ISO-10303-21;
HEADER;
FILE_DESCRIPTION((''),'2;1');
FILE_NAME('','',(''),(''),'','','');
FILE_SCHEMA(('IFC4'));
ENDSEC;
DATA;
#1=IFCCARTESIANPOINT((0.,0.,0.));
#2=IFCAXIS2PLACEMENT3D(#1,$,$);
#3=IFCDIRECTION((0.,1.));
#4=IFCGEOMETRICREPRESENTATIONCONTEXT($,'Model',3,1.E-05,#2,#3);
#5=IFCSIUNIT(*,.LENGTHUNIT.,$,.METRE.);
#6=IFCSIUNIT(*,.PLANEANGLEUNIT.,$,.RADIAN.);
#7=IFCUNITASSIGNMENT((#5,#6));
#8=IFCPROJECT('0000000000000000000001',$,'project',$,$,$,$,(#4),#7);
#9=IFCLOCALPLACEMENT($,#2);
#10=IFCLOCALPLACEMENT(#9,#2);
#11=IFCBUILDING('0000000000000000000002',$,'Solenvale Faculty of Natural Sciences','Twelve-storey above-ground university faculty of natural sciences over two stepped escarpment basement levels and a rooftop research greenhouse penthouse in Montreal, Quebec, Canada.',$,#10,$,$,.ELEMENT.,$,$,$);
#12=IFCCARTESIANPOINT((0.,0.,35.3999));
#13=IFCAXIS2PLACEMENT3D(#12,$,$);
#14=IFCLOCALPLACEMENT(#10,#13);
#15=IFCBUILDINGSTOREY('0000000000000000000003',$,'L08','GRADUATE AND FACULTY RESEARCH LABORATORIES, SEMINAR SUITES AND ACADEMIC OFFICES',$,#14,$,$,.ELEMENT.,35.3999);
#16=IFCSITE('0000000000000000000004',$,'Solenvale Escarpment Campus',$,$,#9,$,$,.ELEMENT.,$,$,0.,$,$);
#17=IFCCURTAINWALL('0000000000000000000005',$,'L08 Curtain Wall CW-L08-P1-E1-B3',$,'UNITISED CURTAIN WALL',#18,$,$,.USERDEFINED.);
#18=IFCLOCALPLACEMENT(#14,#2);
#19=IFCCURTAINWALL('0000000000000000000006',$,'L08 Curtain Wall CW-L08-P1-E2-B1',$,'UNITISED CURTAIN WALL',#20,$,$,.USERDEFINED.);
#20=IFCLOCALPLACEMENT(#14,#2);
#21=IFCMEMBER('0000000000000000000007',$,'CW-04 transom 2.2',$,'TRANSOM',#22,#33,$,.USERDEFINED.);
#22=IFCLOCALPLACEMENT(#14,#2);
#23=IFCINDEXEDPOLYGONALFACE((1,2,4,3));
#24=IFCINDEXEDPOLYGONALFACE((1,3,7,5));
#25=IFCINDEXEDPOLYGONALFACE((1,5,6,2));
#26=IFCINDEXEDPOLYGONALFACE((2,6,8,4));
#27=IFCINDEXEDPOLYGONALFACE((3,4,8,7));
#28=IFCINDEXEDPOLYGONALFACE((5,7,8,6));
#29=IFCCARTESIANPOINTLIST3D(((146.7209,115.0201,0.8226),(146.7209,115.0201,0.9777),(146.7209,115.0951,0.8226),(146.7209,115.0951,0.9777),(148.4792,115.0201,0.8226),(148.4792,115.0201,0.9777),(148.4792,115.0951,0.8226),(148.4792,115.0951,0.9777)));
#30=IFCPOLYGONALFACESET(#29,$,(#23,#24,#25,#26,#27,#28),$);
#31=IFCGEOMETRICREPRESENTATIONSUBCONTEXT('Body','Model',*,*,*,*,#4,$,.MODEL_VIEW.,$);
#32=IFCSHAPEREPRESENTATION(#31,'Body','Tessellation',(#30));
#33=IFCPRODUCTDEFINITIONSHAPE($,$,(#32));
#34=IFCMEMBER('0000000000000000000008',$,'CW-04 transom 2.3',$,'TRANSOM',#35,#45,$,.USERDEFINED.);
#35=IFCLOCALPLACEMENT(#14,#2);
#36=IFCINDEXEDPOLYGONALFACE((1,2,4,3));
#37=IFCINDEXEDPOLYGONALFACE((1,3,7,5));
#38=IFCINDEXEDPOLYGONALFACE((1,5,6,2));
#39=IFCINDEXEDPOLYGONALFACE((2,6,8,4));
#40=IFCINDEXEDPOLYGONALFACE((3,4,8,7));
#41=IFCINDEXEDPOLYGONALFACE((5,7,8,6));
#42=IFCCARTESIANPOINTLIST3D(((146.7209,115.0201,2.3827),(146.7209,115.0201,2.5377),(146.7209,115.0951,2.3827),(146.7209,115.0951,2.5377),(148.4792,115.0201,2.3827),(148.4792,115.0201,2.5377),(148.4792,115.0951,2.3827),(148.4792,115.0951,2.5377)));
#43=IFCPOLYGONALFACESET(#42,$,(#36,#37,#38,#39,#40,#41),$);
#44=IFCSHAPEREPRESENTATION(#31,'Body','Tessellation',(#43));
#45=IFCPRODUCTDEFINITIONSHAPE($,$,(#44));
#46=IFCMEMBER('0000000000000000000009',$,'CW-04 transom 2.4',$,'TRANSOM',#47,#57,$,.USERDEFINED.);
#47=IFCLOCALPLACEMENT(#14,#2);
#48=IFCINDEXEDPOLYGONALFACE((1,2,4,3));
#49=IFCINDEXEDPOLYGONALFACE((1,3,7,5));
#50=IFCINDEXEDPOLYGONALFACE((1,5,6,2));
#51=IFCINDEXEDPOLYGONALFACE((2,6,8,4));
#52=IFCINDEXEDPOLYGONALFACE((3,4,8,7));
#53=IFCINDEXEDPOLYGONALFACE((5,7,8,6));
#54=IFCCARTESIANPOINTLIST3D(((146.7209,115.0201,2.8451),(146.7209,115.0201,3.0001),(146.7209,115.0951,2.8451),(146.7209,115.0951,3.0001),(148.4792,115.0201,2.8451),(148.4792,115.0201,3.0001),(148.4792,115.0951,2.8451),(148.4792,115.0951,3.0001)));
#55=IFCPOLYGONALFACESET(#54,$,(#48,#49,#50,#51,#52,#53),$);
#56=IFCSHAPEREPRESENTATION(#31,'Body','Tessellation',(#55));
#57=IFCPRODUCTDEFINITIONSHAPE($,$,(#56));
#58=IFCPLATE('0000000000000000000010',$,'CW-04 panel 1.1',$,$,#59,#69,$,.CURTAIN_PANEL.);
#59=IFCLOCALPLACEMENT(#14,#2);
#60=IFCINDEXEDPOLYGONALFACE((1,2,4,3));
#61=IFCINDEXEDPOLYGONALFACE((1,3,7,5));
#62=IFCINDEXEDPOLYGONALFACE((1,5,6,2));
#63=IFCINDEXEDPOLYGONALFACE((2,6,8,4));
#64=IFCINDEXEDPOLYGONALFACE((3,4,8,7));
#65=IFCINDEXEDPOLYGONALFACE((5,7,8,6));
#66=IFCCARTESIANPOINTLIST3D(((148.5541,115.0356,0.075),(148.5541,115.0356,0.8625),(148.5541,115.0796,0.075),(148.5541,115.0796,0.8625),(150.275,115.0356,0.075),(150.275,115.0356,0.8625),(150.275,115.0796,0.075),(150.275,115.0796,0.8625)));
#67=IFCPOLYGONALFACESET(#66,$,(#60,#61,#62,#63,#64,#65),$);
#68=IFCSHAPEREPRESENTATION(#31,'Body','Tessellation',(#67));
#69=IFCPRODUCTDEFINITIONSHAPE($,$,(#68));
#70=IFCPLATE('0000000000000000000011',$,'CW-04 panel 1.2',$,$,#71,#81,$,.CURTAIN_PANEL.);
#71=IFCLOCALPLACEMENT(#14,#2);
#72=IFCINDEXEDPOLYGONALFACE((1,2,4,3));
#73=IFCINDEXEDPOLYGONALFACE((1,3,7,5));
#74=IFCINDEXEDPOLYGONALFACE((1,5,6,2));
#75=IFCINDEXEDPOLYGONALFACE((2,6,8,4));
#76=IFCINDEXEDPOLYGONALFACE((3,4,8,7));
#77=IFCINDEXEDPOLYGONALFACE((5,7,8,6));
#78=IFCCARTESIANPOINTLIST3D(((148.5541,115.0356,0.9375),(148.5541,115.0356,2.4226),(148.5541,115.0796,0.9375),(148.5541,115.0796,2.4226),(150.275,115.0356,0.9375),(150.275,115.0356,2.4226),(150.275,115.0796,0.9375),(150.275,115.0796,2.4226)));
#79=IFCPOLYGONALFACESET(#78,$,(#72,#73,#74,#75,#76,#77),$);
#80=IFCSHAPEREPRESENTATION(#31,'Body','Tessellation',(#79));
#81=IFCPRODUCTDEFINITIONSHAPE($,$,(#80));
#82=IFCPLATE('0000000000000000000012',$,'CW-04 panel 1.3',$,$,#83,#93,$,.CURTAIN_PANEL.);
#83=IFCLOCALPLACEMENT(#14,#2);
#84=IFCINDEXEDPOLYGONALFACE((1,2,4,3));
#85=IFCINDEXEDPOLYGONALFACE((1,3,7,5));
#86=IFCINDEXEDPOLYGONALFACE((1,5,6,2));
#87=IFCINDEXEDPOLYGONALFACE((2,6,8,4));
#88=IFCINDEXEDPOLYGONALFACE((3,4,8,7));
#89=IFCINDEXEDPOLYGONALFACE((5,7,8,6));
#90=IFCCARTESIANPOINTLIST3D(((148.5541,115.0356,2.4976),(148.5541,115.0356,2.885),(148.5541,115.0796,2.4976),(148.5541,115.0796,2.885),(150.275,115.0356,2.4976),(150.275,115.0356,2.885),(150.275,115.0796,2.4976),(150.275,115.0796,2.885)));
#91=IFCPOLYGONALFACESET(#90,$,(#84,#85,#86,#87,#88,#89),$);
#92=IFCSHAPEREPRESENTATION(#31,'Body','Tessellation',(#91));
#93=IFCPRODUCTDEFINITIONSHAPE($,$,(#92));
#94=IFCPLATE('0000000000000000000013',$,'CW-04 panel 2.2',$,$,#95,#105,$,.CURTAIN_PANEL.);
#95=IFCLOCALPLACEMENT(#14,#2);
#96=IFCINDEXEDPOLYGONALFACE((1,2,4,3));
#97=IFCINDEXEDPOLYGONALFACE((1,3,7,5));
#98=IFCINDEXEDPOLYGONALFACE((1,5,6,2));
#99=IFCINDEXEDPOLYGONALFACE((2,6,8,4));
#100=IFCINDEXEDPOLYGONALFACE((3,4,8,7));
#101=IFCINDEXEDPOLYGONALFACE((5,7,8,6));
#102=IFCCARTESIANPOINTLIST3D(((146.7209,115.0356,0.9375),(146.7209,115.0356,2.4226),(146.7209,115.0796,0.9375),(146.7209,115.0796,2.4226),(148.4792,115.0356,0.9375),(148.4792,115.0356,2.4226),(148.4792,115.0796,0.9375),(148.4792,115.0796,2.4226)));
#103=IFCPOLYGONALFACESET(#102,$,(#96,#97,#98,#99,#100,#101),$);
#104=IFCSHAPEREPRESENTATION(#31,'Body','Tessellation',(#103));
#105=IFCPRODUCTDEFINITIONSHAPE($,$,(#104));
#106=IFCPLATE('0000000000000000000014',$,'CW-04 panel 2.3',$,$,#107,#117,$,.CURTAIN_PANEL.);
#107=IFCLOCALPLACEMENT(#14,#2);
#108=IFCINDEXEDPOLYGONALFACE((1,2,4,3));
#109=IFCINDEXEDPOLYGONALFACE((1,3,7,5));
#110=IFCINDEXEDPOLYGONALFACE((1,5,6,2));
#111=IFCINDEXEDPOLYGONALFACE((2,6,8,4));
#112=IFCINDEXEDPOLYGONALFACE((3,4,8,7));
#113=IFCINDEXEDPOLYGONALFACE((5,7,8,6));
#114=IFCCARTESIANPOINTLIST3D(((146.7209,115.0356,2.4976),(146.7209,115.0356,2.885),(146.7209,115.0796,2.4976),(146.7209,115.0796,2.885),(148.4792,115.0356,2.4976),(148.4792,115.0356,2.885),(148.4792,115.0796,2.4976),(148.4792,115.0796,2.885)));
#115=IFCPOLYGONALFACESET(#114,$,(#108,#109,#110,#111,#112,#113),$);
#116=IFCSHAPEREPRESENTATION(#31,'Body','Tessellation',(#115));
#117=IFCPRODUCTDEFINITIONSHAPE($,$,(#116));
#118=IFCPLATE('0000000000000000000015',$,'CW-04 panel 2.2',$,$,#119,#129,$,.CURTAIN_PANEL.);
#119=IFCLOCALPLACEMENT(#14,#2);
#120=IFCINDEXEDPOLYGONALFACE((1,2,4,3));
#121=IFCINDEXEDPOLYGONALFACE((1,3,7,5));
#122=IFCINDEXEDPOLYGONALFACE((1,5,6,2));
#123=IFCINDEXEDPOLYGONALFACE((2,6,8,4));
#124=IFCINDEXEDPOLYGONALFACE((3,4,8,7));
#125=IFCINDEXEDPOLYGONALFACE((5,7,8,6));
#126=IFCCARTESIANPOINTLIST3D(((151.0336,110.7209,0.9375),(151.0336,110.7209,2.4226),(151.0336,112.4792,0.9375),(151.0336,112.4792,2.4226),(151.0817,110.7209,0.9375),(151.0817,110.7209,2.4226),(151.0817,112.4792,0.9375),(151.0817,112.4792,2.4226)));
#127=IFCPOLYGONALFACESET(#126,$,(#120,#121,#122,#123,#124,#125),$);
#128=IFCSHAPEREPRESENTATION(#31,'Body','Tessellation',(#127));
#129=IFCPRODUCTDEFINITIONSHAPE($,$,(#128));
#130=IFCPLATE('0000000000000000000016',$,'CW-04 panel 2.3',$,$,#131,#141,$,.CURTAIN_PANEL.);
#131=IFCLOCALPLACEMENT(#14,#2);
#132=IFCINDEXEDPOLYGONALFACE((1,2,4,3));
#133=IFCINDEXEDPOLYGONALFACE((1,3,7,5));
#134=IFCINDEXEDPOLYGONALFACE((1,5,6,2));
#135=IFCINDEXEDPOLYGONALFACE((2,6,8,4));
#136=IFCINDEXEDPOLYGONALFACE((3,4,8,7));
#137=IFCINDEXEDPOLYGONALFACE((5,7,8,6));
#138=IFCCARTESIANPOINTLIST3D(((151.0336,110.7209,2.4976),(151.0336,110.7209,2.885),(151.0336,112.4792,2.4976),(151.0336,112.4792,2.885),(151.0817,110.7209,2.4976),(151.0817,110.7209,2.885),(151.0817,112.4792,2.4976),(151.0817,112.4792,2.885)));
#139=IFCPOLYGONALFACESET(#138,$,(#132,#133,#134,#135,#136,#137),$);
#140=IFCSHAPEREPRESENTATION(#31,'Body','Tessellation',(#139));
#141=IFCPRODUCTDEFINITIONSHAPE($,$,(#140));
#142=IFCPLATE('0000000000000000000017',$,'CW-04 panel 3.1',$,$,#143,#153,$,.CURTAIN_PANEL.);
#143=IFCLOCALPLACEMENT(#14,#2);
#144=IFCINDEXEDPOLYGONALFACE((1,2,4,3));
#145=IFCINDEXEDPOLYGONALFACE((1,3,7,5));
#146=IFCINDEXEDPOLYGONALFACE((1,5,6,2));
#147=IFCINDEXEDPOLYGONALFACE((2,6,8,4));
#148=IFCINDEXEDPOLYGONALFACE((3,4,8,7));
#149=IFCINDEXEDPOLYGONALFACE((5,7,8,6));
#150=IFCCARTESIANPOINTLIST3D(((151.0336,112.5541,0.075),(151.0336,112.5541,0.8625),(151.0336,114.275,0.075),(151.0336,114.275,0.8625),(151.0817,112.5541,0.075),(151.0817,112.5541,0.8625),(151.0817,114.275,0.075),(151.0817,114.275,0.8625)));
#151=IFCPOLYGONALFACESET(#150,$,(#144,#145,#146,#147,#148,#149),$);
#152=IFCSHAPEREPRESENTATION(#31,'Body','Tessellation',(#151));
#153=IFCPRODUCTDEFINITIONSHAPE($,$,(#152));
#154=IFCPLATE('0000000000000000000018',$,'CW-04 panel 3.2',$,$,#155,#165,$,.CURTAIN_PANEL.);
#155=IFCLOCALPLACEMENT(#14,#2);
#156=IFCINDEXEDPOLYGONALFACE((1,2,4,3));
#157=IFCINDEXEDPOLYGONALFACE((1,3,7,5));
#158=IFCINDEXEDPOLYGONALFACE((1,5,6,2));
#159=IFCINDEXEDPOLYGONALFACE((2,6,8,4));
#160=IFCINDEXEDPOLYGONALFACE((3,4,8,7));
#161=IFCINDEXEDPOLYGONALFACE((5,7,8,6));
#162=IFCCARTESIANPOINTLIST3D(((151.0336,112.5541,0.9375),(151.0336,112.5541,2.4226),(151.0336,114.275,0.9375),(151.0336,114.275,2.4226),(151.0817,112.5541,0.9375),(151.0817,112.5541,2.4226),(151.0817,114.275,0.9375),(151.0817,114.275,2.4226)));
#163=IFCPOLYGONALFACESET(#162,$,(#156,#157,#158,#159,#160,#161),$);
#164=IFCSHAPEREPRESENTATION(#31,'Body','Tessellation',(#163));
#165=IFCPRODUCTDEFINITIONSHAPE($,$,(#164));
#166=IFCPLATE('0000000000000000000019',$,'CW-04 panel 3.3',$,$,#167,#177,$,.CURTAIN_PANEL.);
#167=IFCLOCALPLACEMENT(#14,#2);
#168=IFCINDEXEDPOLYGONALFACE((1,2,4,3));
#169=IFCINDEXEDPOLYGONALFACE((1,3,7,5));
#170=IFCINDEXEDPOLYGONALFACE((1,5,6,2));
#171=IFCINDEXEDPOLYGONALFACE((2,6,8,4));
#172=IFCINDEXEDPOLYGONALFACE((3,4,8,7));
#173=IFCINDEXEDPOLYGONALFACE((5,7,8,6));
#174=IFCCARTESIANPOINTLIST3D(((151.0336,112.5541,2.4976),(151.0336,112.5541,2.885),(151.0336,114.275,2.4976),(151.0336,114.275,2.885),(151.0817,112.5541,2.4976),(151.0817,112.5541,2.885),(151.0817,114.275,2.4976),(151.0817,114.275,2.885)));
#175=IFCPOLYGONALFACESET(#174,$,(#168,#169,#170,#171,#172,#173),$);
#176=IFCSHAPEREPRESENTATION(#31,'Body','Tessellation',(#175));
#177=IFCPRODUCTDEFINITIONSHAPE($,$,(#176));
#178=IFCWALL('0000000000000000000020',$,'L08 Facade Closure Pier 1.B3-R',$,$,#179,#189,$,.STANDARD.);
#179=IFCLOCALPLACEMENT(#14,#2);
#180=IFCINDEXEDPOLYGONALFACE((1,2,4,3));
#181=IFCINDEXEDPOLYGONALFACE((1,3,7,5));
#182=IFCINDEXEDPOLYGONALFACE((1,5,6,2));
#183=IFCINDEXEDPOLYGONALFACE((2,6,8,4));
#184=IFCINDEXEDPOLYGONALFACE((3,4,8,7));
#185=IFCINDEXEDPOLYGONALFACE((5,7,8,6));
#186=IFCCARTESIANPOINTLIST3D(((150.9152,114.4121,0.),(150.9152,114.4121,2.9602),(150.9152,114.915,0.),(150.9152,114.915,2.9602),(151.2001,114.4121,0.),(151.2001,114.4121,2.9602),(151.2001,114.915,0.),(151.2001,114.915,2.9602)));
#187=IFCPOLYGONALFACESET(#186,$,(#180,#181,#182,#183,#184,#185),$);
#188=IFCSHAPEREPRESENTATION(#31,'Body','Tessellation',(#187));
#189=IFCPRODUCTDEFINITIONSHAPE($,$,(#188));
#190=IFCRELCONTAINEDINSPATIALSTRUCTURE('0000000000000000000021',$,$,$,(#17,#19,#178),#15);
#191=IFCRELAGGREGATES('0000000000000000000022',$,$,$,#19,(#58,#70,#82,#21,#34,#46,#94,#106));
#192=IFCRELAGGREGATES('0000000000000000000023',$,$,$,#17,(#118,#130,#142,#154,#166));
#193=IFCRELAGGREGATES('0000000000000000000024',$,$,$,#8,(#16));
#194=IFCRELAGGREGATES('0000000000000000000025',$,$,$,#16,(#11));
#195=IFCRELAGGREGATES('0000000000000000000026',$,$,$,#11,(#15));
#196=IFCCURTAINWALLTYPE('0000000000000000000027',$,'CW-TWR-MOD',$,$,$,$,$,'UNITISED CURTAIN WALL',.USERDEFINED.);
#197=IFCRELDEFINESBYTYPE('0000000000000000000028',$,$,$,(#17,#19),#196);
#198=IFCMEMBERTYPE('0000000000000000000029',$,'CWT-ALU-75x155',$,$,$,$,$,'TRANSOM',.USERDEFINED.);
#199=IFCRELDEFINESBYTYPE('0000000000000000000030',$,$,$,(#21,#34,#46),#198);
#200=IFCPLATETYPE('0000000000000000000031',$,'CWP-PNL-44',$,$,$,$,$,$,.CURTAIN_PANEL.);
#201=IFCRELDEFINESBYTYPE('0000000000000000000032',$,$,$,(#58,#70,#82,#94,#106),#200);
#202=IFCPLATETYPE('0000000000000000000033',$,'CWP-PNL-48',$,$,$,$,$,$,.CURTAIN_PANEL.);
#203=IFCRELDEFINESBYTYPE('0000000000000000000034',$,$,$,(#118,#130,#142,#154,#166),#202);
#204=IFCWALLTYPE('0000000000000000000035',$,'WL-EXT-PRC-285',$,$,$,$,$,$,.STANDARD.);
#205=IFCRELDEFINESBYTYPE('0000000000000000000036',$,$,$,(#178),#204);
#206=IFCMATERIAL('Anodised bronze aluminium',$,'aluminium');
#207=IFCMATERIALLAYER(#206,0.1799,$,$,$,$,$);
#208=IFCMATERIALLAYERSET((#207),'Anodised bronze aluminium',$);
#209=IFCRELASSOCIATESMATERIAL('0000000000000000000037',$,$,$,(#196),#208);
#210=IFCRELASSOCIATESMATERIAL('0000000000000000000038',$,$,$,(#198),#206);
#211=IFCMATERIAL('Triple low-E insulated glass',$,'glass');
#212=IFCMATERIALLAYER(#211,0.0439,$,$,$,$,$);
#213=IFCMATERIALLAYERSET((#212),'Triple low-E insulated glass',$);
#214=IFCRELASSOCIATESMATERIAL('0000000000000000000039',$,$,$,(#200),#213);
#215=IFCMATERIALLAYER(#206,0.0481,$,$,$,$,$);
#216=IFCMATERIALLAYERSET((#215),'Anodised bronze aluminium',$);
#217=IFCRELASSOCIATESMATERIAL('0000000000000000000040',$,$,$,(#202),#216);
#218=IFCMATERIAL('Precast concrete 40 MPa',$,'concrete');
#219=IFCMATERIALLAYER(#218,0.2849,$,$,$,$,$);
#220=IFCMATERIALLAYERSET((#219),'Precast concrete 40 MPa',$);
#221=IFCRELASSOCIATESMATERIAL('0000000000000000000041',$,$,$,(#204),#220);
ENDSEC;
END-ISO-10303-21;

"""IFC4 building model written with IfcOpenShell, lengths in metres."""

from ifc_helpers import new_model, si_unit, direction, frame, frame_2d, origin, origin_2d, place, context, subcontext, project, spatial, rectangle, extrude, material, layer, layer_set, material_profile, profile_set, type_object, element, aggregate, save


model = new_model("IFC4")

# Units and contexts
model_context = context("Model", 3, precision=1e-05, world=origin(), true_north=direction((0.0, 1.0)))
body_context = subcontext(model_context, "Body", "Model", "MODEL_VIEW")
ifc_project = project(units=[si_unit("LENGTHUNIT", "METRE"), si_unit("PLANEANGLEUNIT", "RADIAN")], contexts=[model_context])

# Site, building, storey
site_placement = place(None, origin())
site = spatial("IfcSite", under=ifc_project, at=site_placement, Name="Solenvale Escarpment Campus", CompositionType="ELEMENT", RefElevation=0.0)
building_placement = place(site_placement, origin())
building = spatial("IfcBuilding", under=site, at=building_placement, Name="Solenvale Faculty of Natural Sciences", Description="Twelve-storey above-ground university faculty of natural sciences over two stepped escarpment basement levels and a rooftop research greenhouse penthouse in Montreal, Quebec, Canada.", CompositionType="ELEMENT")
storey_placement = place(building_placement, frame((0.0, 0.0, 35.3999)))
storey = spatial("IfcBuildingStorey", under=building, at=storey_placement, Name="L08", Description="GRADUATE AND FACULTY RESEARCH LABORATORIES, SEMINAR SUITES AND ACADEMIC OFFICES", CompositionType="ELEMENT", Elevation=35.3999)

# Curtain walls
ifc_material_1 = material(Name="Anodised bronze aluminium", Category="aluminium")
ifc_layer_1 = layer(ifc_material_1, 0.1799)
ifc_layer_set_1 = layer_set([ifc_layer_1], Name="Anodised bronze aluminium")
curtain_wall_type = type_object("IfcCurtainWallType", Name="CW-TWR-MOD", ElementType="UNITISED CURTAIN WALL", PredefinedType="USERDEFINED", material=ifc_layer_set_1)
curtain_wall_1_placement = place(storey_placement, origin())
curtain_wall_1 = element("IfcCurtainWall", 1, at=curtain_wall_1_placement, inside=storey, type_object=curtain_wall_type, Name="L08 Curtain Wall CW-L08-P1-E1-B3", ObjectType="UNITISED CURTAIN WALL", PredefinedType="USERDEFINED")
curtain_wall_2_placement = place(storey_placement, origin())
curtain_wall_2 = element("IfcCurtainWall", 2, at=curtain_wall_2_placement, inside=storey, type_object=curtain_wall_type, Name="L08 Curtain Wall CW-L08-P1-E2-B1", ObjectType="UNITISED CURTAIN WALL", PredefinedType="USERDEFINED")

# Members
ifc_material_profile_1 = material_profile(ifc_material_1, rectangle(XDim=0.075, YDim=0.155, at=origin_2d()), Name="ALU-TRN-75x155")
ifc_profile_set_1 = profile_set([ifc_material_profile_1], Name="Anodised bronze aluminium")
member_type_1 = type_object("IfcMemberType", Name="CWT-ALU-75x155", ElementType="TRANSOM", PredefinedType="USERDEFINED", material=ifc_profile_set_1)
member_1_placement = place(storey_placement, frame((148.4792, 115.0576, 0.9001), z_axis=(-1.0, 0.0, 0.0), x_axis=(0.0, -1.0, 0.0)))
member_1 = element("IfcMember", 3, at=member_1_placement, type_object=member_type_1, Name="CW-04 transom 2.2", ObjectType="TRANSOM", PredefinedType="USERDEFINED", context=body_context, shape_type="SweptSolid", body=[
    extrude(rectangle(XDim=0.075, YDim=0.155, at=origin_2d()), origin(), (0.0, 0.0, 1.0), 1.7583),
])
member_2_placement = place(storey_placement, frame((148.4792, 115.0576, 2.4602), z_axis=(-1.0, 0.0, 0.0), x_axis=(0.0, -1.0, 0.0)))
member_2 = element("IfcMember", 4, at=member_2_placement, type_object=member_type_1, Name="CW-04 transom 2.3", ObjectType="TRANSOM", PredefinedType="USERDEFINED", context=body_context, shape_type="SweptSolid", body=[
    extrude(rectangle(XDim=0.075, YDim=0.155, at=origin_2d()), origin(), (0.0, 0.0, 1.0), 1.7583),
])
member_3_placement = place(storey_placement, frame((148.4792, 115.0576, 2.9226), z_axis=(-1.0, 0.0, 0.0), x_axis=(0.0, -1.0, 0.0)))
member_3 = element("IfcMember", 5, at=member_3_placement, type_object=member_type_1, Name="CW-04 transom 2.4", ObjectType="TRANSOM", PredefinedType="USERDEFINED", context=body_context, shape_type="SweptSolid", body=[
    extrude(rectangle(XDim=0.075, YDim=0.155, at=origin_2d()), origin(), (0.0, 0.0, 1.0), 1.7583),
])

# Plates
ifc_material_2 = material(Name="Triple low-E insulated glass", Category="glass")
ifc_layer_2 = layer(ifc_material_2, 0.0439)
ifc_layer_set_2 = layer_set([ifc_layer_2], Name="Triple low-E insulated glass")
plate_type_1 = type_object("IfcPlateType", Name="CWP-PNL-44", PredefinedType="CURTAIN_PANEL", material=ifc_layer_set_2)
plate_1_placement = place(storey_placement, frame((149.4146, 115.0576, 0.075), z_axis=(0.0, 0.0, 1.0), x_axis=(-1.0, 0.0, 0.0)))
plate_1 = element("IfcPlate", 6, at=plate_1_placement, type_object=plate_type_1, Name="CW-04 panel 1.1", PredefinedType="CURTAIN_PANEL", context=body_context, shape_type="SweptSolid", body=[
    extrude(rectangle(XDim=1.7209, YDim=0.0439, at=origin_2d()), origin(), (0.0, 0.0, 1.0), 0.7876),
])
plate_2_placement = place(storey_placement, frame((149.4146, 115.0576, 0.9375), z_axis=(0.0, 0.0, 1.0), x_axis=(-1.0, 0.0, 0.0)))
plate_2 = element("IfcPlate", 7, at=plate_2_placement, type_object=plate_type_1, Name="CW-04 panel 1.2", PredefinedType="CURTAIN_PANEL", context=body_context, shape_type="SweptSolid", body=[
    extrude(rectangle(XDim=1.7209, YDim=0.0439, at=origin_2d()), origin(), (0.0, 0.0, 1.0), 1.4851),
])
plate_3_placement = place(storey_placement, frame((149.4146, 115.0576, 2.4976), z_axis=(0.0, 0.0, 1.0), x_axis=(-1.0, 0.0, 0.0)))
plate_3 = element("IfcPlate", 8, at=plate_3_placement, type_object=plate_type_1, Name="CW-04 panel 1.3", PredefinedType="CURTAIN_PANEL", context=body_context, shape_type="SweptSolid", body=[
    extrude(rectangle(XDim=1.7209, YDim=0.0439, at=origin_2d()), origin(), (0.0, 0.0, 1.0), 0.3875),
])
plate_4_placement = place(storey_placement, frame((147.6001, 115.0576, 0.9375), z_axis=(0.0, 0.0, 1.0), x_axis=(-1.0, 0.0, 0.0)))
plate_4 = element("IfcPlate", 9, at=plate_4_placement, type_object=plate_type_1, Name="CW-04 panel 2.2", PredefinedType="CURTAIN_PANEL", context=body_context, shape_type="SweptSolid", body=[
    extrude(rectangle(XDim=1.7583, YDim=0.0439, at=origin_2d()), origin(), (0.0, 0.0, 1.0), 1.4851),
])
plate_5_placement = place(storey_placement, frame((147.6001, 115.0576, 2.4976), z_axis=(0.0, 0.0, 1.0), x_axis=(-1.0, 0.0, 0.0)))
plate_5 = element("IfcPlate", 10, at=plate_5_placement, type_object=plate_type_1, Name="CW-04 panel 2.3", PredefinedType="CURTAIN_PANEL", context=body_context, shape_type="SweptSolid", body=[
    extrude(rectangle(XDim=1.7583, YDim=0.0439, at=origin_2d()), origin(), (0.0, 0.0, 1.0), 0.3875),
])
aggregate(curtain_wall_2, [plate_1, plate_2, plate_3, member_1, member_2, member_3, plate_4, plate_5])
ifc_layer_3 = layer(ifc_material_1, 0.0481)
ifc_layer_set_3 = layer_set([ifc_layer_3], Name="Anodised bronze aluminium")
plate_type_2 = type_object("IfcPlateType", Name="CWP-PNL-48", PredefinedType="CURTAIN_PANEL", material=ifc_layer_set_3)
plate_6_placement = place(storey_placement, frame((151.0576, 111.6001, 0.9375), z_axis=(0.0, 0.0, 1.0), x_axis=(0.0, 1.0, 0.0)))
plate_6 = element("IfcPlate", 11, at=plate_6_placement, type_object=plate_type_2, Name="CW-04 panel 2.2", PredefinedType="CURTAIN_PANEL", context=body_context, shape_type="SweptSolid", body=[
    extrude(rectangle(XDim=1.7583, YDim=0.0481, at=origin_2d()), origin(), (0.0, 0.0, 1.0), 1.4851),
])
plate_7_placement = place(storey_placement, frame((151.0576, 111.6001, 2.4976), z_axis=(0.0, 0.0, 1.0), x_axis=(0.0, 1.0, 0.0)))
plate_7 = element("IfcPlate", 12, at=plate_7_placement, type_object=plate_type_2, Name="CW-04 panel 2.3", PredefinedType="CURTAIN_PANEL", context=body_context, shape_type="SweptSolid", body=[
    extrude(rectangle(XDim=1.7583, YDim=0.0481, at=origin_2d()), origin(), (0.0, 0.0, 1.0), 0.3875),
])
plate_8_placement = place(storey_placement, frame((151.0576, 113.4146, 0.075), z_axis=(0.0, 0.0, 1.0), x_axis=(0.0, 1.0, 0.0)))
plate_8 = element("IfcPlate", 13, at=plate_8_placement, type_object=plate_type_2, Name="CW-04 panel 3.1", PredefinedType="CURTAIN_PANEL", context=body_context, shape_type="SweptSolid", body=[
    extrude(rectangle(XDim=1.7209, YDim=0.0481, at=origin_2d()), origin(), (0.0, 0.0, 1.0), 0.7876),
])
plate_9_placement = place(storey_placement, frame((151.0576, 113.4146, 0.9375), z_axis=(0.0, 0.0, 1.0), x_axis=(0.0, 1.0, 0.0)))
plate_9 = element("IfcPlate", 14, at=plate_9_placement, type_object=plate_type_2, Name="CW-04 panel 3.2", PredefinedType="CURTAIN_PANEL", context=body_context, shape_type="SweptSolid", body=[
    extrude(rectangle(XDim=1.7209, YDim=0.0481, at=origin_2d()), origin(), (0.0, 0.0, 1.0), 1.4851),
])
plate_10_placement = place(storey_placement, frame((151.0576, 113.4146, 2.4976), z_axis=(0.0, 0.0, 1.0), x_axis=(0.0, 1.0, 0.0)))
plate_10 = element("IfcPlate", 15, at=plate_10_placement, type_object=plate_type_2, Name="CW-04 panel 3.3", PredefinedType="CURTAIN_PANEL", context=body_context, shape_type="SweptSolid", body=[
    extrude(rectangle(XDim=1.7209, YDim=0.0481, at=origin_2d()), origin(), (0.0, 0.0, 1.0), 0.3875),
])
aggregate(curtain_wall_1, [plate_6, plate_7, plate_8, plate_9, plate_10])

# Wall
ifc_material_3 = material(Name="Precast concrete 40 MPa", Category="concrete")
ifc_layer_4 = layer(ifc_material_3, 0.2849)
ifc_layer_set_4 = layer_set([ifc_layer_4], Name="Precast concrete 40 MPa")
wall_type_1 = type_object("IfcWallType", Name="WL-EXT-PRC-285", PredefinedType="STANDARD", material=ifc_layer_set_4)
wall_1_placement = place(storey_placement, frame((151.0576, 114.4121, 0.0), z_axis=(0.0, 0.0, 1.0), x_axis=(0.0, 1.0, 0.0)))
element("IfcWall", 16, at=wall_1_placement, inside=storey, type_object=wall_type_1, Name="L08 Facade Closure Pier 1.B3-R", PredefinedType="STANDARD", context=body_context, shape_type="SweptSolid", body=[
    extrude(rectangle(XDim=0.5029, YDim=0.2849, at=frame_2d((0.2515, 0.0))), origin(), (0.0, 0.0, 1.0), 2.9602),
])

save(model, "model.ifc")
